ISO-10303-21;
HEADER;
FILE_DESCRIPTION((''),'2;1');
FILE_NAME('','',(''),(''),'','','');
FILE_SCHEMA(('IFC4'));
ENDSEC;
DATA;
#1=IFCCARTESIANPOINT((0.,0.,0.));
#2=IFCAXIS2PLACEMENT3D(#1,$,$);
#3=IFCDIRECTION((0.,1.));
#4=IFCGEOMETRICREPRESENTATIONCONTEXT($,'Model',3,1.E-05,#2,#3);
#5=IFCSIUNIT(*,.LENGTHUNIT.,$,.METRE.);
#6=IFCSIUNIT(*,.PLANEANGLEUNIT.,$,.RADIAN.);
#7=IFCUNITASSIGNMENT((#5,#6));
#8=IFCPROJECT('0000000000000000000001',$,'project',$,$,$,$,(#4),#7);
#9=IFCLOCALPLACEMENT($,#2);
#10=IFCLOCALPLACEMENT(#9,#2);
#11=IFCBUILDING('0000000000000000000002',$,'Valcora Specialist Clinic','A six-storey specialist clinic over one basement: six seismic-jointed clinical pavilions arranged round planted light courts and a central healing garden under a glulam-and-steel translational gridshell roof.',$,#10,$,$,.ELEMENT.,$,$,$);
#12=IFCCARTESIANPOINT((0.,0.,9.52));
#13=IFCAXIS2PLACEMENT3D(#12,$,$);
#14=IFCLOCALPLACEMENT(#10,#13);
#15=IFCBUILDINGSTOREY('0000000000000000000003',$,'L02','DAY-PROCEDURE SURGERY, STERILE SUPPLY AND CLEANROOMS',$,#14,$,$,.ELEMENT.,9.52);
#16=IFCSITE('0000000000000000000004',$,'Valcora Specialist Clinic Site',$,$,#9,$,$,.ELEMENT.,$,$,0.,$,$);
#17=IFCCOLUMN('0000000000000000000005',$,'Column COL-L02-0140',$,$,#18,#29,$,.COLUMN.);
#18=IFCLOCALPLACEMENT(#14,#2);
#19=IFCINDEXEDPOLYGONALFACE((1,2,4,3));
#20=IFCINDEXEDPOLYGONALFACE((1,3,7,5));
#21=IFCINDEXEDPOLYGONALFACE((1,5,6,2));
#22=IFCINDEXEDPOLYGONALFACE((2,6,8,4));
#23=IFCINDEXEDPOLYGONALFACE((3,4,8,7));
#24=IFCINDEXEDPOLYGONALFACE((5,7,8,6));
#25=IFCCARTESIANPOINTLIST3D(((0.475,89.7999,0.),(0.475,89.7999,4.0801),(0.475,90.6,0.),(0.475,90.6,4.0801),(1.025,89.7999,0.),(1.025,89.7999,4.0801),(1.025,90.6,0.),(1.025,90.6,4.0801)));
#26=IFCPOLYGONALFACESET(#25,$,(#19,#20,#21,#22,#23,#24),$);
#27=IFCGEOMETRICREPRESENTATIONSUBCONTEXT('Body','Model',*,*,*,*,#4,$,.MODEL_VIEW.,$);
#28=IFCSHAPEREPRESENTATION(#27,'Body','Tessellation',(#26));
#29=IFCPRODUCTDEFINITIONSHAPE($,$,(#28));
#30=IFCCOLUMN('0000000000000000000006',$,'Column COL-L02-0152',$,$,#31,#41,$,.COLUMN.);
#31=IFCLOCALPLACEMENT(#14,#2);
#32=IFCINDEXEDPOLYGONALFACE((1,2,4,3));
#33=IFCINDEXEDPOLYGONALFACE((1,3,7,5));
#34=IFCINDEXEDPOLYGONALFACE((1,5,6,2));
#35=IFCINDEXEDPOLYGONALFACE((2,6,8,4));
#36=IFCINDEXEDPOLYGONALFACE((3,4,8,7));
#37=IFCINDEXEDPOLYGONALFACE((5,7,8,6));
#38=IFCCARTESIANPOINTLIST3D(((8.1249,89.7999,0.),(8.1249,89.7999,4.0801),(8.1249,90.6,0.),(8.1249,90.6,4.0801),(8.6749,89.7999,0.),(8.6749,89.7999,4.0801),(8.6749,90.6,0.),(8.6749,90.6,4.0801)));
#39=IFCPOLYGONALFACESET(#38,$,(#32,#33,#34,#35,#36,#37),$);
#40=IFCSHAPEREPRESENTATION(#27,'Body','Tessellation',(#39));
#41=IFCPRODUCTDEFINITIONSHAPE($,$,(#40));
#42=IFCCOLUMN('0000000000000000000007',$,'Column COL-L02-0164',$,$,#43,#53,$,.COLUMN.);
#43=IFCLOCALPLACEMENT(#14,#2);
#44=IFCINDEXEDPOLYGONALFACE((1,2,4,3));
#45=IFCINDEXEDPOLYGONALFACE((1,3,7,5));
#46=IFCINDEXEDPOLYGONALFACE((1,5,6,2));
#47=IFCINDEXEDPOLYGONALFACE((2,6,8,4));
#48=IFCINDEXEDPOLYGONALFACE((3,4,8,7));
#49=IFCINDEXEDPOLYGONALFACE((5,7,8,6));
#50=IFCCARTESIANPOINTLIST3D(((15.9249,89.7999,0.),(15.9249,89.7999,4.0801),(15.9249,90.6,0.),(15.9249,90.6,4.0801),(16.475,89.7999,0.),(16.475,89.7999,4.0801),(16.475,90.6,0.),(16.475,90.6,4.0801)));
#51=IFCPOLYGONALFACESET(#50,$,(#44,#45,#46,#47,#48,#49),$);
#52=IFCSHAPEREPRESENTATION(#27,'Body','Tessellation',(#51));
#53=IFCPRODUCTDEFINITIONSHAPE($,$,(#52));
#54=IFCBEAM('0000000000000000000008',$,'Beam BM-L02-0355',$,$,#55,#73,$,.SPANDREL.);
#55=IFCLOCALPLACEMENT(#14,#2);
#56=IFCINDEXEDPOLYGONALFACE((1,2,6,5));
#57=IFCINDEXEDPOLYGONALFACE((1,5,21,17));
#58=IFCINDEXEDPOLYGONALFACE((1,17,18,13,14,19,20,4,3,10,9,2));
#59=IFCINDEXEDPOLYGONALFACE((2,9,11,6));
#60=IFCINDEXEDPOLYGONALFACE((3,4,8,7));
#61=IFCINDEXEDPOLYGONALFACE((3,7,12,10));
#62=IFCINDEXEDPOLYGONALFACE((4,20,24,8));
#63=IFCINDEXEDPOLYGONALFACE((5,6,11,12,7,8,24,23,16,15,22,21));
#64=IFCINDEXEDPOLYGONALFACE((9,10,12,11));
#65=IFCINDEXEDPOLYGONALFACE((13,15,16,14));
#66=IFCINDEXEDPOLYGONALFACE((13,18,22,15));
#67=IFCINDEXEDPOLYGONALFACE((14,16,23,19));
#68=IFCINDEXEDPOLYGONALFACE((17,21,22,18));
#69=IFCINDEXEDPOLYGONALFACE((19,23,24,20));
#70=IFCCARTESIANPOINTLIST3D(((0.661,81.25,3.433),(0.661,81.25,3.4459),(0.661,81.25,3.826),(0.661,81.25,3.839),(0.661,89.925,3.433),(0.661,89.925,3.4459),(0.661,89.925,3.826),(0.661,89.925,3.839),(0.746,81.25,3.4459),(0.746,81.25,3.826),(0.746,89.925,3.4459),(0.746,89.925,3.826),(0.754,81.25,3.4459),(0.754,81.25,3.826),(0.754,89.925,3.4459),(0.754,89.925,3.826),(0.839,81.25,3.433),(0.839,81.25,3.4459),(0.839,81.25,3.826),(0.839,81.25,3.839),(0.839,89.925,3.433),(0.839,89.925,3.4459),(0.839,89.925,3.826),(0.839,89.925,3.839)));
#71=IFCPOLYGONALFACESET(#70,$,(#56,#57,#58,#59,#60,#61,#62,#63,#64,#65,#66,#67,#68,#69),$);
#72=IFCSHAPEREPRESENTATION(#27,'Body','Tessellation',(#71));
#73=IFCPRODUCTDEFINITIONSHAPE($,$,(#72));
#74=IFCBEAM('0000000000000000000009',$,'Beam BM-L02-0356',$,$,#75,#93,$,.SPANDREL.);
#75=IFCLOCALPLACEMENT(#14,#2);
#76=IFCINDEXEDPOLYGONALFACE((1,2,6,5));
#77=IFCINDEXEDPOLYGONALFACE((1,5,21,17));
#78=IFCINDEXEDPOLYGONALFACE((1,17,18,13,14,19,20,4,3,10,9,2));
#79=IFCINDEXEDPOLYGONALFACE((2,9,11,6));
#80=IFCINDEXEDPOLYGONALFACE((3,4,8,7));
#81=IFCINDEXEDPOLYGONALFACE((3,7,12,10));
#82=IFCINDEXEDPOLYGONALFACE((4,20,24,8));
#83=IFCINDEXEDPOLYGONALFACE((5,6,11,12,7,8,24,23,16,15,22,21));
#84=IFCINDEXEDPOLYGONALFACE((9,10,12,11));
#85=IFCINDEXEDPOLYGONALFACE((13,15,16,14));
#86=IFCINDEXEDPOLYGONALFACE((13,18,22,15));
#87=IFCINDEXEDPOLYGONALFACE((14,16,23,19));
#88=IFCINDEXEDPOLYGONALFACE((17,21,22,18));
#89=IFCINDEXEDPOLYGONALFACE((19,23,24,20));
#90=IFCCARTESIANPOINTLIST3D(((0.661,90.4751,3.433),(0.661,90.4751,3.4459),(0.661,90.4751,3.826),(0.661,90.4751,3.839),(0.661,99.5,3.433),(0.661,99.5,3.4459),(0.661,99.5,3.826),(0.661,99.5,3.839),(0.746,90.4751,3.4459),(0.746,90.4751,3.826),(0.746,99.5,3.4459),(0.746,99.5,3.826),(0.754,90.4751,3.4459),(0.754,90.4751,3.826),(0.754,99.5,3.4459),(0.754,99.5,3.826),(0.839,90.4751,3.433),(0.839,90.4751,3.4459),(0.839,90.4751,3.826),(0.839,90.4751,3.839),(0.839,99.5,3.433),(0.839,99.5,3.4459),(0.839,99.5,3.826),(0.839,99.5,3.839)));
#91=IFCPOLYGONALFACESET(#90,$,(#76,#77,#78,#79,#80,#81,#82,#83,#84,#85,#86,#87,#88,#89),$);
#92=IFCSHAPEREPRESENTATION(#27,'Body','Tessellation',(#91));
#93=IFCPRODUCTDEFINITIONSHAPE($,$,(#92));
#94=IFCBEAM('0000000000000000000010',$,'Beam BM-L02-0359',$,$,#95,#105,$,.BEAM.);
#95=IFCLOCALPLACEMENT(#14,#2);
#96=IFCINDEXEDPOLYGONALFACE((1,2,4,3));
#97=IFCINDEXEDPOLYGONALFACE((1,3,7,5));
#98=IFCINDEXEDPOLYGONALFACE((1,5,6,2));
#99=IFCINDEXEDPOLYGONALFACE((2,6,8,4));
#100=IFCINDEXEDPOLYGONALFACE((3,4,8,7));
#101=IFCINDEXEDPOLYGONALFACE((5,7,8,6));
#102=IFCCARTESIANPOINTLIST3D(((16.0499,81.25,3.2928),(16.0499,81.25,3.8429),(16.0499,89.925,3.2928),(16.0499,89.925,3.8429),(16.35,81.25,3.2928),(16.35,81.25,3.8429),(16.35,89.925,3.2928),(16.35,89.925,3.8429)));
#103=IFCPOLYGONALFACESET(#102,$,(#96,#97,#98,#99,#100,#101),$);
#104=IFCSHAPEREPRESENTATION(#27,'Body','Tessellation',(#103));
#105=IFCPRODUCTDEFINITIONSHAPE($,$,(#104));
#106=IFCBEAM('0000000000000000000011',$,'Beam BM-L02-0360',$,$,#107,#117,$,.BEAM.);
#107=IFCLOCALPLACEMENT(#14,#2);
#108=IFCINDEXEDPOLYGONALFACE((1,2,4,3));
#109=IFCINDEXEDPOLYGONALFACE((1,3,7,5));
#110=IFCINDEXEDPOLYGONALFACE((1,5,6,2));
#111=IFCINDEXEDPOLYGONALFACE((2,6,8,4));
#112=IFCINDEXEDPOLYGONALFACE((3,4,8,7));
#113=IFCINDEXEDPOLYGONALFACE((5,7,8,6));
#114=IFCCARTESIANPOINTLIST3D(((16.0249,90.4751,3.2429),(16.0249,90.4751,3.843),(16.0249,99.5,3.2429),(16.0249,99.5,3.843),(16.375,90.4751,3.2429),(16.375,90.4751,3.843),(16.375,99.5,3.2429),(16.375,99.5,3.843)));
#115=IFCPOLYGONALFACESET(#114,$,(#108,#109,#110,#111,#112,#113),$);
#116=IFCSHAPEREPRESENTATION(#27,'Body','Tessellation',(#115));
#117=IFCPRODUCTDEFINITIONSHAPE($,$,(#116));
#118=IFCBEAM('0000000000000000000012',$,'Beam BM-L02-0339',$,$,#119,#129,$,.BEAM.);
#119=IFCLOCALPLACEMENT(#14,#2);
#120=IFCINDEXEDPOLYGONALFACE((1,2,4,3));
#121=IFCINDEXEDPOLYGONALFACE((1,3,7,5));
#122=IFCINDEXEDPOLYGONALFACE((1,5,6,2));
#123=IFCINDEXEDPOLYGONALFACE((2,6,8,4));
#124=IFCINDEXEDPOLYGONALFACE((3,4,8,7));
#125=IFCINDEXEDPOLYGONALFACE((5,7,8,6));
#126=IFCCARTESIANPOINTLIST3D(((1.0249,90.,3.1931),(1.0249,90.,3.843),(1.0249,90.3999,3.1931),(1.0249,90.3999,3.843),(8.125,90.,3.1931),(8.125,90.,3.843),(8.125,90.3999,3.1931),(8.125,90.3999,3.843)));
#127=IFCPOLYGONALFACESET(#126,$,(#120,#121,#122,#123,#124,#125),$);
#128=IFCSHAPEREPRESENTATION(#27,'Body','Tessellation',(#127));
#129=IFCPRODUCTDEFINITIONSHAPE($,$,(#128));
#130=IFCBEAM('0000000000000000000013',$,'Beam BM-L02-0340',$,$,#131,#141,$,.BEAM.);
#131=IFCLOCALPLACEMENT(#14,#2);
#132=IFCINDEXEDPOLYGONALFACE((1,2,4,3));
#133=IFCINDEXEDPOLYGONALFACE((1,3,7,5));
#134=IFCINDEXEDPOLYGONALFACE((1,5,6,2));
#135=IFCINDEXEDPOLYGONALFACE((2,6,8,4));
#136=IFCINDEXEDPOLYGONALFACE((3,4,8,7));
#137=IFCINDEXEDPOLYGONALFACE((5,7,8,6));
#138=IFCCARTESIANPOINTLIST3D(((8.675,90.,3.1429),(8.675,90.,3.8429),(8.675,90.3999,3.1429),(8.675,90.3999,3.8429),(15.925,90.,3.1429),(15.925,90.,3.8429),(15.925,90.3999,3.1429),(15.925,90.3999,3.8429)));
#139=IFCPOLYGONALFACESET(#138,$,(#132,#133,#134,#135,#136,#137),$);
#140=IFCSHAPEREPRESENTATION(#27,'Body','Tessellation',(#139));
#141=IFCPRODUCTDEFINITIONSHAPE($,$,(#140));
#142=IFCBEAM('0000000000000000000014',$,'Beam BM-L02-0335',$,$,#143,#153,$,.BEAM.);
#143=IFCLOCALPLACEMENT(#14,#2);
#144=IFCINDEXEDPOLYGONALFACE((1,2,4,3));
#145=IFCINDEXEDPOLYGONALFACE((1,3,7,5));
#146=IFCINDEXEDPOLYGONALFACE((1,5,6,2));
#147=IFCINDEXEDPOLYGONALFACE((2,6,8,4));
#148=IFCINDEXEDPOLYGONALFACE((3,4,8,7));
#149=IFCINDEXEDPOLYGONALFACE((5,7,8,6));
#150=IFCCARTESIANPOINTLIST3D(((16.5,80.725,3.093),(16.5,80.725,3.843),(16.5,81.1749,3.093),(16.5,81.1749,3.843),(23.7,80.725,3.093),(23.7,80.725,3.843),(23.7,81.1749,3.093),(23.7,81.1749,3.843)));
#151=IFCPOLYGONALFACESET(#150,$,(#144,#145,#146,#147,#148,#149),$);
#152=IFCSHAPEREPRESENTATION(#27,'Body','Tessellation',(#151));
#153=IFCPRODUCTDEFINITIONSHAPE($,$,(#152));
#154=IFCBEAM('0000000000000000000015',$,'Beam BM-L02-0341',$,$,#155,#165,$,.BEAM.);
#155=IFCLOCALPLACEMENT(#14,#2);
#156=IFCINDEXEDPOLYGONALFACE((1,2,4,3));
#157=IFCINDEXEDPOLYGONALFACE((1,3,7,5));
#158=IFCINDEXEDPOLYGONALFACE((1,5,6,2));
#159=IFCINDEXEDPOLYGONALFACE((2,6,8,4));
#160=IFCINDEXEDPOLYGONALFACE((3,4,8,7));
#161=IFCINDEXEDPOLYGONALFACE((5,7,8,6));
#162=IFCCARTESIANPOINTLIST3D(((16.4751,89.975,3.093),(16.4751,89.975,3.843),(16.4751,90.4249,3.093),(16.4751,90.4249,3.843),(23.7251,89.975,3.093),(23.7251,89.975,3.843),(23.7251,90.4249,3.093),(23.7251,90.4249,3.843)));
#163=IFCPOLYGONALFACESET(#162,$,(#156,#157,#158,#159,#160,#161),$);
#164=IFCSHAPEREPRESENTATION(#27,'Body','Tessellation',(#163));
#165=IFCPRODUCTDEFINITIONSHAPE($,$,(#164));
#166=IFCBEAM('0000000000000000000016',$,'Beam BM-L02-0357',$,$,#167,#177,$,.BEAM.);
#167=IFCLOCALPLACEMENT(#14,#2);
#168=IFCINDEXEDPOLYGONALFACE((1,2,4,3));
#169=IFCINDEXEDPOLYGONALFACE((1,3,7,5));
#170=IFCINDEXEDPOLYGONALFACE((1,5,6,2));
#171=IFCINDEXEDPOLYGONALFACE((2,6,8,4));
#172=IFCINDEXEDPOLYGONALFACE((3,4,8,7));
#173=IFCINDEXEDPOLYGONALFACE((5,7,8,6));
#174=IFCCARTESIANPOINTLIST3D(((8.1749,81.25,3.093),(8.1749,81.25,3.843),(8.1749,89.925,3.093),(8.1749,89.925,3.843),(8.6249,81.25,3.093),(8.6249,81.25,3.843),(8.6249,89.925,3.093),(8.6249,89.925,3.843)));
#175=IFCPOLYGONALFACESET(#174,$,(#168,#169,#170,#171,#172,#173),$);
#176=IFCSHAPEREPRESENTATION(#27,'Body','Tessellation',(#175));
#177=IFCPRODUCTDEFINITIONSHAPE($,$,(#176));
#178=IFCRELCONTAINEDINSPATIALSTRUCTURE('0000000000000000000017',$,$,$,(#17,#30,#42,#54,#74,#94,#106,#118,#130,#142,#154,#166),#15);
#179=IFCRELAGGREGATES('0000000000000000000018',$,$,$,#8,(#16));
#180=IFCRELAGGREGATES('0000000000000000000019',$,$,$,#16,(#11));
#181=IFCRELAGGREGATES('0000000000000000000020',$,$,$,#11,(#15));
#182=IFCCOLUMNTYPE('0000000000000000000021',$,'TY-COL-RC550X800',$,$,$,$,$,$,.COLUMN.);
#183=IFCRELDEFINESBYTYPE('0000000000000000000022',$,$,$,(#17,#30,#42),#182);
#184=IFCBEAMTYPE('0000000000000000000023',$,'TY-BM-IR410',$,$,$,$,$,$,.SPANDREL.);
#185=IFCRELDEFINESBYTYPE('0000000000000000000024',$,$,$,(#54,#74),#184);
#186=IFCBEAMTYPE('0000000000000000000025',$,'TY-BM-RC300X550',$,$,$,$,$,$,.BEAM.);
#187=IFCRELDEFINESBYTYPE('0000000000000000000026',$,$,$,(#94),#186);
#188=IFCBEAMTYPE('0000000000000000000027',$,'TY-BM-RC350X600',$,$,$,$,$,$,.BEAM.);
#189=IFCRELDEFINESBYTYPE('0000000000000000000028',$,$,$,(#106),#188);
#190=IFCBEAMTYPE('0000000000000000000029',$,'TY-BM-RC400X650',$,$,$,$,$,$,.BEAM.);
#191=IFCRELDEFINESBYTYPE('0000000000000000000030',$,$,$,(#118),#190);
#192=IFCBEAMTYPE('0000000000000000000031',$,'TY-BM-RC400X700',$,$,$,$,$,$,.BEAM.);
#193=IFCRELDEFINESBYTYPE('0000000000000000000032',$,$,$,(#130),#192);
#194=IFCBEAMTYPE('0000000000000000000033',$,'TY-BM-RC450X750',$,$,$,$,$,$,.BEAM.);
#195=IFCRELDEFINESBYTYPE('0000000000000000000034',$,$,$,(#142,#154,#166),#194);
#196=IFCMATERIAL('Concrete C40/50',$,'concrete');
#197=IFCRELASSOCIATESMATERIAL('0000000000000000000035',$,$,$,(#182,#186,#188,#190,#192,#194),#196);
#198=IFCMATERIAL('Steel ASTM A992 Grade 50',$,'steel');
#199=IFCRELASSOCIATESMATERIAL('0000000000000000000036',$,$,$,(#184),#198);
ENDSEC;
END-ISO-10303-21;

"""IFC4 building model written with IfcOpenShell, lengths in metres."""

from ifc_helpers import new_model, si_unit, direction, frame, origin, origin_2d, place, context, subcontext, project, spatial, rectangle, i_section, extrude, material, material_profile, profile_set, type_object, element, save


model = new_model("IFC4")

# Units and contexts
model_context = context("Model", 3, precision=1e-05, world=origin(), true_north=direction((0.0, 1.0)))
body_context = subcontext(model_context, "Body", "Model", "MODEL_VIEW")
ifc_project = project(units=[si_unit("LENGTHUNIT", "METRE"), si_unit("PLANEANGLEUNIT", "RADIAN")], contexts=[model_context])

# Site, building, storey
site_placement = place(None, origin())
site = spatial("IfcSite", under=ifc_project, at=site_placement, Name="Valcora Specialist Clinic Site", CompositionType="ELEMENT", RefElevation=0.0)
building_placement = place(site_placement, origin())
building = spatial("IfcBuilding", under=site, at=building_placement, Name="Valcora Specialist Clinic", Description="A six-storey specialist clinic over one basement: six seismic-jointed clinical pavilions arranged round planted light courts and a central healing garden under a glulam-and-steel translational gridshell roof.", CompositionType="ELEMENT")
storey_placement = place(building_placement, frame((0.0, 0.0, 9.52)))
storey = spatial("IfcBuildingStorey", under=building, at=storey_placement, Name="L02", Description="DAY-PROCEDURE SURGERY, STERILE SUPPLY AND CLEANROOMS", CompositionType="ELEMENT", Elevation=9.52)

# Columns
ifc_material_1 = material(Name="Concrete C40/50", Category="concrete")
ifc_material_profile_1 = material_profile(ifc_material_1, rectangle(XDim=0.55, YDim=0.8, at=origin_2d()), Name="RC-COL-550X800")
ifc_profile_set_1 = profile_set([ifc_material_profile_1], Name="Concrete C40/50")
column_type = type_object("IfcColumnType", Name="TY-COL-RC550X800", PredefinedType="COLUMN", material=ifc_profile_set_1)
for number, where, z_axis, x_axis, name in (
    (1, (0.75, 90.2, 0.0), (0.0, 0.0, 1.0), (1.0, 0.0, 0.0), "Column COL-L02-0140"),
    (2, (8.3999, 90.2, 0.0), (0.0, 0.0, 1.0), (1.0, 0.0, 0.0), "Column COL-L02-0152"),
    (3, (16.2, 90.2, 0.0), (0.0, 0.0, 1.0), (1.0, 0.0, 0.0), "Column COL-L02-0164"),
):
    element("IfcColumn", number, at=place(storey_placement, frame(where, z_axis=z_axis, x_axis=x_axis)), inside=storey, type_object=column_type, Name=name, PredefinedType="COLUMN", context=body_context, shape_type="SweptSolid", body=[
        extrude(rectangle(XDim=0.55, YDim=0.8, at=origin_2d()), origin(), (0.0, 0.0, 1.0), 4.0801),
    ])

# Beams
ifc_material_2 = material(Name="Steel ASTM A992 Grade 50", Category="steel")
ifc_material_profile_2 = material_profile(ifc_material_2, i_section(OverallWidth=0.178, OverallDepth=0.406, WebThickness=0.0081, FlangeThickness=0.0129, at=origin_2d()), Name="ST-IR-410X180")
ifc_profile_set_2 = profile_set([ifc_material_profile_2], Name="Steel ASTM A992 Grade 50")
beam_type_1 = type_object("IfcBeamType", Name="TY-BM-IR410", PredefinedType="SPANDREL", material=ifc_profile_set_2)
beam_1_placement = place(storey_placement, frame((0.75, 81.25, 3.636), z_axis=(0.0, 1.0, 0.0), x_axis=(-1.0, 0.0, 0.0)))
element("IfcBeam", 4, at=beam_1_placement, inside=storey, type_object=beam_type_1, Name="Beam BM-L02-0355", PredefinedType="SPANDREL", context=body_context, shape_type="SweptSolid", body=[
    extrude(i_section(OverallWidth=0.178, OverallDepth=0.406, WebThickness=0.0081, FlangeThickness=0.0129, at=origin_2d()), origin(), (0.0, 0.0, 1.0), 8.675),
])
beam_2_placement = place(storey_placement, frame((0.75, 90.4751, 3.636), z_axis=(0.0, 1.0, 0.0), x_axis=(-1.0, 0.0, 0.0)))
element("IfcBeam", 5, at=beam_2_placement, inside=storey, type_object=beam_type_1, Name="Beam BM-L02-0356", PredefinedType="SPANDREL", context=body_context, shape_type="SweptSolid", body=[
    extrude(i_section(OverallWidth=0.178, OverallDepth=0.406, WebThickness=0.0081, FlangeThickness=0.0129, at=origin_2d()), origin(), (0.0, 0.0, 1.0), 9.0249),
])
ifc_material_profile_3 = material_profile(ifc_material_1, rectangle(XDim=0.3, YDim=0.55, at=origin_2d()), Name="RC-BM-300X550")
ifc_profile_set_3 = profile_set([ifc_material_profile_3], Name="Concrete C40/50")
beam_type_2 = type_object("IfcBeamType", Name="TY-BM-RC300X550", PredefinedType="BEAM", material=ifc_profile_set_3)
beam_3_placement = place(storey_placement, frame((16.2, 81.25, 3.5679), z_axis=(0.0, 1.0, 0.0), x_axis=(-1.0, 0.0, 0.0)))
element("IfcBeam", 6, at=beam_3_placement, inside=storey, type_object=beam_type_2, Name="Beam BM-L02-0359", PredefinedType="BEAM", context=body_context, shape_type="SweptSolid", body=[
    extrude(rectangle(XDim=0.3, YDim=0.55, at=origin_2d()), origin(), (0.0, 0.0, 1.0), 8.675),
])
ifc_material_profile_4 = material_profile(ifc_material_1, rectangle(XDim=0.3501, YDim=0.6001, at=origin_2d()), Name="RC-BM-350X600")
ifc_profile_set_4 = profile_set([ifc_material_profile_4], Name="Concrete C40/50")
beam_type_3 = type_object("IfcBeamType", Name="TY-BM-RC350X600", PredefinedType="BEAM", material=ifc_profile_set_4)
beam_4_placement = place(storey_placement, frame((16.2, 90.4751, 3.543), z_axis=(0.0, 1.0, 0.0), x_axis=(-1.0, 0.0, 0.0)))
element("IfcBeam", 7, at=beam_4_placement, inside=storey, type_object=beam_type_3, Name="Beam BM-L02-0360", PredefinedType="BEAM", context=body_context, shape_type="SweptSolid", body=[
    extrude(rectangle(XDim=0.3501, YDim=0.6001, at=origin_2d()), origin(), (0.0, 0.0, 1.0), 9.0249),
])
ifc_material_profile_5 = material_profile(ifc_material_1, rectangle(XDim=0.3999, YDim=0.6499, at=origin_2d()), Name="RC-BM-400X650")
ifc_profile_set_5 = profile_set([ifc_material_profile_5], Name="Concrete C40/50")
beam_type_4 = type_object("IfcBeamType", Name="TY-BM-RC400X650", PredefinedType="BEAM", material=ifc_profile_set_5)
beam_5_placement = place(storey_placement, frame((1.0249, 90.2, 3.5181), z_axis=(1.0, 0.0, 0.0), x_axis=(0.0, 1.0, 0.0)))
element("IfcBeam", 8, at=beam_5_placement, inside=storey, type_object=beam_type_4, Name="Beam BM-L02-0339", PredefinedType="BEAM", context=body_context, shape_type="SweptSolid", body=[
    extrude(rectangle(XDim=0.3999, YDim=0.6499, at=origin_2d()), origin(), (0.0, 0.0, 1.0), 7.1001),
])
ifc_material_profile_6 = material_profile(ifc_material_1, rectangle(XDim=0.3999, YDim=0.7, at=origin_2d()), Name="RC-BM-400X700")
ifc_profile_set_6 = profile_set([ifc_material_profile_6], Name="Concrete C40/50")
beam_type_5 = type_object("IfcBeamType", Name="TY-BM-RC400X700", PredefinedType="BEAM", material=ifc_profile_set_6)
beam_6_placement = place(storey_placement, frame((8.675, 90.2, 3.4929), z_axis=(1.0, 0.0, 0.0), x_axis=(0.0, 1.0, 0.0)))
element("IfcBeam", 9, at=beam_6_placement, inside=storey, type_object=beam_type_5, Name="Beam BM-L02-0340", PredefinedType="BEAM", context=body_context, shape_type="SweptSolid", body=[
    extrude(rectangle(XDim=0.3999, YDim=0.7, at=origin_2d()), origin(), (0.0, 0.0, 1.0), 7.25),
])
ifc_material_profile_7 = material_profile(ifc_material_1, rectangle(XDim=0.45, YDim=0.75, at=origin_2d()), Name="RC-BM-450X750")
ifc_profile_set_7 = profile_set([ifc_material_profile_7], Name="Concrete C40/50")
beam_type_6 = type_object("IfcBeamType", Name="TY-BM-RC450X750", PredefinedType="BEAM", material=ifc_profile_set_7)
beam_7_placement = place(storey_placement, frame((16.5, 80.95, 3.468), z_axis=(1.0, 0.0, 0.0), x_axis=(0.0, 1.0, 0.0)))
element("IfcBeam", 10, at=beam_7_placement, inside=storey, type_object=beam_type_6, Name="Beam BM-L02-0335", PredefinedType="BEAM", context=body_context, shape_type="SweptSolid", body=[
    extrude(rectangle(XDim=0.45, YDim=0.75, at=origin_2d()), origin(), (0.0, 0.0, 1.0), 7.2),
])
beam_8_placement = place(storey_placement, frame((16.4751, 90.2, 3.468), z_axis=(1.0, 0.0, 0.0), x_axis=(0.0, 1.0, 0.0)))
element("IfcBeam", 11, at=beam_8_placement, inside=storey, type_object=beam_type_6, Name="Beam BM-L02-0341", PredefinedType="BEAM", context=body_context, shape_type="SweptSolid", body=[
    extrude(rectangle(XDim=0.45, YDim=0.75, at=origin_2d()), origin(), (0.0, 0.0, 1.0), 7.25),
])
beam_9_placement = place(storey_placement, frame((8.3999, 81.25, 3.468), z_axis=(0.0, 1.0, 0.0), x_axis=(-1.0, 0.0, 0.0)))
element("IfcBeam", 12, at=beam_9_placement, inside=storey, type_object=beam_type_6, Name="Beam BM-L02-0357", PredefinedType="BEAM", context=body_context, shape_type="SweptSolid", body=[
    extrude(rectangle(XDim=0.45, YDim=0.75, at=origin_2d()), origin(), (0.0, 0.0, 1.0), 8.675),
])

save(model, "model.ifc")
